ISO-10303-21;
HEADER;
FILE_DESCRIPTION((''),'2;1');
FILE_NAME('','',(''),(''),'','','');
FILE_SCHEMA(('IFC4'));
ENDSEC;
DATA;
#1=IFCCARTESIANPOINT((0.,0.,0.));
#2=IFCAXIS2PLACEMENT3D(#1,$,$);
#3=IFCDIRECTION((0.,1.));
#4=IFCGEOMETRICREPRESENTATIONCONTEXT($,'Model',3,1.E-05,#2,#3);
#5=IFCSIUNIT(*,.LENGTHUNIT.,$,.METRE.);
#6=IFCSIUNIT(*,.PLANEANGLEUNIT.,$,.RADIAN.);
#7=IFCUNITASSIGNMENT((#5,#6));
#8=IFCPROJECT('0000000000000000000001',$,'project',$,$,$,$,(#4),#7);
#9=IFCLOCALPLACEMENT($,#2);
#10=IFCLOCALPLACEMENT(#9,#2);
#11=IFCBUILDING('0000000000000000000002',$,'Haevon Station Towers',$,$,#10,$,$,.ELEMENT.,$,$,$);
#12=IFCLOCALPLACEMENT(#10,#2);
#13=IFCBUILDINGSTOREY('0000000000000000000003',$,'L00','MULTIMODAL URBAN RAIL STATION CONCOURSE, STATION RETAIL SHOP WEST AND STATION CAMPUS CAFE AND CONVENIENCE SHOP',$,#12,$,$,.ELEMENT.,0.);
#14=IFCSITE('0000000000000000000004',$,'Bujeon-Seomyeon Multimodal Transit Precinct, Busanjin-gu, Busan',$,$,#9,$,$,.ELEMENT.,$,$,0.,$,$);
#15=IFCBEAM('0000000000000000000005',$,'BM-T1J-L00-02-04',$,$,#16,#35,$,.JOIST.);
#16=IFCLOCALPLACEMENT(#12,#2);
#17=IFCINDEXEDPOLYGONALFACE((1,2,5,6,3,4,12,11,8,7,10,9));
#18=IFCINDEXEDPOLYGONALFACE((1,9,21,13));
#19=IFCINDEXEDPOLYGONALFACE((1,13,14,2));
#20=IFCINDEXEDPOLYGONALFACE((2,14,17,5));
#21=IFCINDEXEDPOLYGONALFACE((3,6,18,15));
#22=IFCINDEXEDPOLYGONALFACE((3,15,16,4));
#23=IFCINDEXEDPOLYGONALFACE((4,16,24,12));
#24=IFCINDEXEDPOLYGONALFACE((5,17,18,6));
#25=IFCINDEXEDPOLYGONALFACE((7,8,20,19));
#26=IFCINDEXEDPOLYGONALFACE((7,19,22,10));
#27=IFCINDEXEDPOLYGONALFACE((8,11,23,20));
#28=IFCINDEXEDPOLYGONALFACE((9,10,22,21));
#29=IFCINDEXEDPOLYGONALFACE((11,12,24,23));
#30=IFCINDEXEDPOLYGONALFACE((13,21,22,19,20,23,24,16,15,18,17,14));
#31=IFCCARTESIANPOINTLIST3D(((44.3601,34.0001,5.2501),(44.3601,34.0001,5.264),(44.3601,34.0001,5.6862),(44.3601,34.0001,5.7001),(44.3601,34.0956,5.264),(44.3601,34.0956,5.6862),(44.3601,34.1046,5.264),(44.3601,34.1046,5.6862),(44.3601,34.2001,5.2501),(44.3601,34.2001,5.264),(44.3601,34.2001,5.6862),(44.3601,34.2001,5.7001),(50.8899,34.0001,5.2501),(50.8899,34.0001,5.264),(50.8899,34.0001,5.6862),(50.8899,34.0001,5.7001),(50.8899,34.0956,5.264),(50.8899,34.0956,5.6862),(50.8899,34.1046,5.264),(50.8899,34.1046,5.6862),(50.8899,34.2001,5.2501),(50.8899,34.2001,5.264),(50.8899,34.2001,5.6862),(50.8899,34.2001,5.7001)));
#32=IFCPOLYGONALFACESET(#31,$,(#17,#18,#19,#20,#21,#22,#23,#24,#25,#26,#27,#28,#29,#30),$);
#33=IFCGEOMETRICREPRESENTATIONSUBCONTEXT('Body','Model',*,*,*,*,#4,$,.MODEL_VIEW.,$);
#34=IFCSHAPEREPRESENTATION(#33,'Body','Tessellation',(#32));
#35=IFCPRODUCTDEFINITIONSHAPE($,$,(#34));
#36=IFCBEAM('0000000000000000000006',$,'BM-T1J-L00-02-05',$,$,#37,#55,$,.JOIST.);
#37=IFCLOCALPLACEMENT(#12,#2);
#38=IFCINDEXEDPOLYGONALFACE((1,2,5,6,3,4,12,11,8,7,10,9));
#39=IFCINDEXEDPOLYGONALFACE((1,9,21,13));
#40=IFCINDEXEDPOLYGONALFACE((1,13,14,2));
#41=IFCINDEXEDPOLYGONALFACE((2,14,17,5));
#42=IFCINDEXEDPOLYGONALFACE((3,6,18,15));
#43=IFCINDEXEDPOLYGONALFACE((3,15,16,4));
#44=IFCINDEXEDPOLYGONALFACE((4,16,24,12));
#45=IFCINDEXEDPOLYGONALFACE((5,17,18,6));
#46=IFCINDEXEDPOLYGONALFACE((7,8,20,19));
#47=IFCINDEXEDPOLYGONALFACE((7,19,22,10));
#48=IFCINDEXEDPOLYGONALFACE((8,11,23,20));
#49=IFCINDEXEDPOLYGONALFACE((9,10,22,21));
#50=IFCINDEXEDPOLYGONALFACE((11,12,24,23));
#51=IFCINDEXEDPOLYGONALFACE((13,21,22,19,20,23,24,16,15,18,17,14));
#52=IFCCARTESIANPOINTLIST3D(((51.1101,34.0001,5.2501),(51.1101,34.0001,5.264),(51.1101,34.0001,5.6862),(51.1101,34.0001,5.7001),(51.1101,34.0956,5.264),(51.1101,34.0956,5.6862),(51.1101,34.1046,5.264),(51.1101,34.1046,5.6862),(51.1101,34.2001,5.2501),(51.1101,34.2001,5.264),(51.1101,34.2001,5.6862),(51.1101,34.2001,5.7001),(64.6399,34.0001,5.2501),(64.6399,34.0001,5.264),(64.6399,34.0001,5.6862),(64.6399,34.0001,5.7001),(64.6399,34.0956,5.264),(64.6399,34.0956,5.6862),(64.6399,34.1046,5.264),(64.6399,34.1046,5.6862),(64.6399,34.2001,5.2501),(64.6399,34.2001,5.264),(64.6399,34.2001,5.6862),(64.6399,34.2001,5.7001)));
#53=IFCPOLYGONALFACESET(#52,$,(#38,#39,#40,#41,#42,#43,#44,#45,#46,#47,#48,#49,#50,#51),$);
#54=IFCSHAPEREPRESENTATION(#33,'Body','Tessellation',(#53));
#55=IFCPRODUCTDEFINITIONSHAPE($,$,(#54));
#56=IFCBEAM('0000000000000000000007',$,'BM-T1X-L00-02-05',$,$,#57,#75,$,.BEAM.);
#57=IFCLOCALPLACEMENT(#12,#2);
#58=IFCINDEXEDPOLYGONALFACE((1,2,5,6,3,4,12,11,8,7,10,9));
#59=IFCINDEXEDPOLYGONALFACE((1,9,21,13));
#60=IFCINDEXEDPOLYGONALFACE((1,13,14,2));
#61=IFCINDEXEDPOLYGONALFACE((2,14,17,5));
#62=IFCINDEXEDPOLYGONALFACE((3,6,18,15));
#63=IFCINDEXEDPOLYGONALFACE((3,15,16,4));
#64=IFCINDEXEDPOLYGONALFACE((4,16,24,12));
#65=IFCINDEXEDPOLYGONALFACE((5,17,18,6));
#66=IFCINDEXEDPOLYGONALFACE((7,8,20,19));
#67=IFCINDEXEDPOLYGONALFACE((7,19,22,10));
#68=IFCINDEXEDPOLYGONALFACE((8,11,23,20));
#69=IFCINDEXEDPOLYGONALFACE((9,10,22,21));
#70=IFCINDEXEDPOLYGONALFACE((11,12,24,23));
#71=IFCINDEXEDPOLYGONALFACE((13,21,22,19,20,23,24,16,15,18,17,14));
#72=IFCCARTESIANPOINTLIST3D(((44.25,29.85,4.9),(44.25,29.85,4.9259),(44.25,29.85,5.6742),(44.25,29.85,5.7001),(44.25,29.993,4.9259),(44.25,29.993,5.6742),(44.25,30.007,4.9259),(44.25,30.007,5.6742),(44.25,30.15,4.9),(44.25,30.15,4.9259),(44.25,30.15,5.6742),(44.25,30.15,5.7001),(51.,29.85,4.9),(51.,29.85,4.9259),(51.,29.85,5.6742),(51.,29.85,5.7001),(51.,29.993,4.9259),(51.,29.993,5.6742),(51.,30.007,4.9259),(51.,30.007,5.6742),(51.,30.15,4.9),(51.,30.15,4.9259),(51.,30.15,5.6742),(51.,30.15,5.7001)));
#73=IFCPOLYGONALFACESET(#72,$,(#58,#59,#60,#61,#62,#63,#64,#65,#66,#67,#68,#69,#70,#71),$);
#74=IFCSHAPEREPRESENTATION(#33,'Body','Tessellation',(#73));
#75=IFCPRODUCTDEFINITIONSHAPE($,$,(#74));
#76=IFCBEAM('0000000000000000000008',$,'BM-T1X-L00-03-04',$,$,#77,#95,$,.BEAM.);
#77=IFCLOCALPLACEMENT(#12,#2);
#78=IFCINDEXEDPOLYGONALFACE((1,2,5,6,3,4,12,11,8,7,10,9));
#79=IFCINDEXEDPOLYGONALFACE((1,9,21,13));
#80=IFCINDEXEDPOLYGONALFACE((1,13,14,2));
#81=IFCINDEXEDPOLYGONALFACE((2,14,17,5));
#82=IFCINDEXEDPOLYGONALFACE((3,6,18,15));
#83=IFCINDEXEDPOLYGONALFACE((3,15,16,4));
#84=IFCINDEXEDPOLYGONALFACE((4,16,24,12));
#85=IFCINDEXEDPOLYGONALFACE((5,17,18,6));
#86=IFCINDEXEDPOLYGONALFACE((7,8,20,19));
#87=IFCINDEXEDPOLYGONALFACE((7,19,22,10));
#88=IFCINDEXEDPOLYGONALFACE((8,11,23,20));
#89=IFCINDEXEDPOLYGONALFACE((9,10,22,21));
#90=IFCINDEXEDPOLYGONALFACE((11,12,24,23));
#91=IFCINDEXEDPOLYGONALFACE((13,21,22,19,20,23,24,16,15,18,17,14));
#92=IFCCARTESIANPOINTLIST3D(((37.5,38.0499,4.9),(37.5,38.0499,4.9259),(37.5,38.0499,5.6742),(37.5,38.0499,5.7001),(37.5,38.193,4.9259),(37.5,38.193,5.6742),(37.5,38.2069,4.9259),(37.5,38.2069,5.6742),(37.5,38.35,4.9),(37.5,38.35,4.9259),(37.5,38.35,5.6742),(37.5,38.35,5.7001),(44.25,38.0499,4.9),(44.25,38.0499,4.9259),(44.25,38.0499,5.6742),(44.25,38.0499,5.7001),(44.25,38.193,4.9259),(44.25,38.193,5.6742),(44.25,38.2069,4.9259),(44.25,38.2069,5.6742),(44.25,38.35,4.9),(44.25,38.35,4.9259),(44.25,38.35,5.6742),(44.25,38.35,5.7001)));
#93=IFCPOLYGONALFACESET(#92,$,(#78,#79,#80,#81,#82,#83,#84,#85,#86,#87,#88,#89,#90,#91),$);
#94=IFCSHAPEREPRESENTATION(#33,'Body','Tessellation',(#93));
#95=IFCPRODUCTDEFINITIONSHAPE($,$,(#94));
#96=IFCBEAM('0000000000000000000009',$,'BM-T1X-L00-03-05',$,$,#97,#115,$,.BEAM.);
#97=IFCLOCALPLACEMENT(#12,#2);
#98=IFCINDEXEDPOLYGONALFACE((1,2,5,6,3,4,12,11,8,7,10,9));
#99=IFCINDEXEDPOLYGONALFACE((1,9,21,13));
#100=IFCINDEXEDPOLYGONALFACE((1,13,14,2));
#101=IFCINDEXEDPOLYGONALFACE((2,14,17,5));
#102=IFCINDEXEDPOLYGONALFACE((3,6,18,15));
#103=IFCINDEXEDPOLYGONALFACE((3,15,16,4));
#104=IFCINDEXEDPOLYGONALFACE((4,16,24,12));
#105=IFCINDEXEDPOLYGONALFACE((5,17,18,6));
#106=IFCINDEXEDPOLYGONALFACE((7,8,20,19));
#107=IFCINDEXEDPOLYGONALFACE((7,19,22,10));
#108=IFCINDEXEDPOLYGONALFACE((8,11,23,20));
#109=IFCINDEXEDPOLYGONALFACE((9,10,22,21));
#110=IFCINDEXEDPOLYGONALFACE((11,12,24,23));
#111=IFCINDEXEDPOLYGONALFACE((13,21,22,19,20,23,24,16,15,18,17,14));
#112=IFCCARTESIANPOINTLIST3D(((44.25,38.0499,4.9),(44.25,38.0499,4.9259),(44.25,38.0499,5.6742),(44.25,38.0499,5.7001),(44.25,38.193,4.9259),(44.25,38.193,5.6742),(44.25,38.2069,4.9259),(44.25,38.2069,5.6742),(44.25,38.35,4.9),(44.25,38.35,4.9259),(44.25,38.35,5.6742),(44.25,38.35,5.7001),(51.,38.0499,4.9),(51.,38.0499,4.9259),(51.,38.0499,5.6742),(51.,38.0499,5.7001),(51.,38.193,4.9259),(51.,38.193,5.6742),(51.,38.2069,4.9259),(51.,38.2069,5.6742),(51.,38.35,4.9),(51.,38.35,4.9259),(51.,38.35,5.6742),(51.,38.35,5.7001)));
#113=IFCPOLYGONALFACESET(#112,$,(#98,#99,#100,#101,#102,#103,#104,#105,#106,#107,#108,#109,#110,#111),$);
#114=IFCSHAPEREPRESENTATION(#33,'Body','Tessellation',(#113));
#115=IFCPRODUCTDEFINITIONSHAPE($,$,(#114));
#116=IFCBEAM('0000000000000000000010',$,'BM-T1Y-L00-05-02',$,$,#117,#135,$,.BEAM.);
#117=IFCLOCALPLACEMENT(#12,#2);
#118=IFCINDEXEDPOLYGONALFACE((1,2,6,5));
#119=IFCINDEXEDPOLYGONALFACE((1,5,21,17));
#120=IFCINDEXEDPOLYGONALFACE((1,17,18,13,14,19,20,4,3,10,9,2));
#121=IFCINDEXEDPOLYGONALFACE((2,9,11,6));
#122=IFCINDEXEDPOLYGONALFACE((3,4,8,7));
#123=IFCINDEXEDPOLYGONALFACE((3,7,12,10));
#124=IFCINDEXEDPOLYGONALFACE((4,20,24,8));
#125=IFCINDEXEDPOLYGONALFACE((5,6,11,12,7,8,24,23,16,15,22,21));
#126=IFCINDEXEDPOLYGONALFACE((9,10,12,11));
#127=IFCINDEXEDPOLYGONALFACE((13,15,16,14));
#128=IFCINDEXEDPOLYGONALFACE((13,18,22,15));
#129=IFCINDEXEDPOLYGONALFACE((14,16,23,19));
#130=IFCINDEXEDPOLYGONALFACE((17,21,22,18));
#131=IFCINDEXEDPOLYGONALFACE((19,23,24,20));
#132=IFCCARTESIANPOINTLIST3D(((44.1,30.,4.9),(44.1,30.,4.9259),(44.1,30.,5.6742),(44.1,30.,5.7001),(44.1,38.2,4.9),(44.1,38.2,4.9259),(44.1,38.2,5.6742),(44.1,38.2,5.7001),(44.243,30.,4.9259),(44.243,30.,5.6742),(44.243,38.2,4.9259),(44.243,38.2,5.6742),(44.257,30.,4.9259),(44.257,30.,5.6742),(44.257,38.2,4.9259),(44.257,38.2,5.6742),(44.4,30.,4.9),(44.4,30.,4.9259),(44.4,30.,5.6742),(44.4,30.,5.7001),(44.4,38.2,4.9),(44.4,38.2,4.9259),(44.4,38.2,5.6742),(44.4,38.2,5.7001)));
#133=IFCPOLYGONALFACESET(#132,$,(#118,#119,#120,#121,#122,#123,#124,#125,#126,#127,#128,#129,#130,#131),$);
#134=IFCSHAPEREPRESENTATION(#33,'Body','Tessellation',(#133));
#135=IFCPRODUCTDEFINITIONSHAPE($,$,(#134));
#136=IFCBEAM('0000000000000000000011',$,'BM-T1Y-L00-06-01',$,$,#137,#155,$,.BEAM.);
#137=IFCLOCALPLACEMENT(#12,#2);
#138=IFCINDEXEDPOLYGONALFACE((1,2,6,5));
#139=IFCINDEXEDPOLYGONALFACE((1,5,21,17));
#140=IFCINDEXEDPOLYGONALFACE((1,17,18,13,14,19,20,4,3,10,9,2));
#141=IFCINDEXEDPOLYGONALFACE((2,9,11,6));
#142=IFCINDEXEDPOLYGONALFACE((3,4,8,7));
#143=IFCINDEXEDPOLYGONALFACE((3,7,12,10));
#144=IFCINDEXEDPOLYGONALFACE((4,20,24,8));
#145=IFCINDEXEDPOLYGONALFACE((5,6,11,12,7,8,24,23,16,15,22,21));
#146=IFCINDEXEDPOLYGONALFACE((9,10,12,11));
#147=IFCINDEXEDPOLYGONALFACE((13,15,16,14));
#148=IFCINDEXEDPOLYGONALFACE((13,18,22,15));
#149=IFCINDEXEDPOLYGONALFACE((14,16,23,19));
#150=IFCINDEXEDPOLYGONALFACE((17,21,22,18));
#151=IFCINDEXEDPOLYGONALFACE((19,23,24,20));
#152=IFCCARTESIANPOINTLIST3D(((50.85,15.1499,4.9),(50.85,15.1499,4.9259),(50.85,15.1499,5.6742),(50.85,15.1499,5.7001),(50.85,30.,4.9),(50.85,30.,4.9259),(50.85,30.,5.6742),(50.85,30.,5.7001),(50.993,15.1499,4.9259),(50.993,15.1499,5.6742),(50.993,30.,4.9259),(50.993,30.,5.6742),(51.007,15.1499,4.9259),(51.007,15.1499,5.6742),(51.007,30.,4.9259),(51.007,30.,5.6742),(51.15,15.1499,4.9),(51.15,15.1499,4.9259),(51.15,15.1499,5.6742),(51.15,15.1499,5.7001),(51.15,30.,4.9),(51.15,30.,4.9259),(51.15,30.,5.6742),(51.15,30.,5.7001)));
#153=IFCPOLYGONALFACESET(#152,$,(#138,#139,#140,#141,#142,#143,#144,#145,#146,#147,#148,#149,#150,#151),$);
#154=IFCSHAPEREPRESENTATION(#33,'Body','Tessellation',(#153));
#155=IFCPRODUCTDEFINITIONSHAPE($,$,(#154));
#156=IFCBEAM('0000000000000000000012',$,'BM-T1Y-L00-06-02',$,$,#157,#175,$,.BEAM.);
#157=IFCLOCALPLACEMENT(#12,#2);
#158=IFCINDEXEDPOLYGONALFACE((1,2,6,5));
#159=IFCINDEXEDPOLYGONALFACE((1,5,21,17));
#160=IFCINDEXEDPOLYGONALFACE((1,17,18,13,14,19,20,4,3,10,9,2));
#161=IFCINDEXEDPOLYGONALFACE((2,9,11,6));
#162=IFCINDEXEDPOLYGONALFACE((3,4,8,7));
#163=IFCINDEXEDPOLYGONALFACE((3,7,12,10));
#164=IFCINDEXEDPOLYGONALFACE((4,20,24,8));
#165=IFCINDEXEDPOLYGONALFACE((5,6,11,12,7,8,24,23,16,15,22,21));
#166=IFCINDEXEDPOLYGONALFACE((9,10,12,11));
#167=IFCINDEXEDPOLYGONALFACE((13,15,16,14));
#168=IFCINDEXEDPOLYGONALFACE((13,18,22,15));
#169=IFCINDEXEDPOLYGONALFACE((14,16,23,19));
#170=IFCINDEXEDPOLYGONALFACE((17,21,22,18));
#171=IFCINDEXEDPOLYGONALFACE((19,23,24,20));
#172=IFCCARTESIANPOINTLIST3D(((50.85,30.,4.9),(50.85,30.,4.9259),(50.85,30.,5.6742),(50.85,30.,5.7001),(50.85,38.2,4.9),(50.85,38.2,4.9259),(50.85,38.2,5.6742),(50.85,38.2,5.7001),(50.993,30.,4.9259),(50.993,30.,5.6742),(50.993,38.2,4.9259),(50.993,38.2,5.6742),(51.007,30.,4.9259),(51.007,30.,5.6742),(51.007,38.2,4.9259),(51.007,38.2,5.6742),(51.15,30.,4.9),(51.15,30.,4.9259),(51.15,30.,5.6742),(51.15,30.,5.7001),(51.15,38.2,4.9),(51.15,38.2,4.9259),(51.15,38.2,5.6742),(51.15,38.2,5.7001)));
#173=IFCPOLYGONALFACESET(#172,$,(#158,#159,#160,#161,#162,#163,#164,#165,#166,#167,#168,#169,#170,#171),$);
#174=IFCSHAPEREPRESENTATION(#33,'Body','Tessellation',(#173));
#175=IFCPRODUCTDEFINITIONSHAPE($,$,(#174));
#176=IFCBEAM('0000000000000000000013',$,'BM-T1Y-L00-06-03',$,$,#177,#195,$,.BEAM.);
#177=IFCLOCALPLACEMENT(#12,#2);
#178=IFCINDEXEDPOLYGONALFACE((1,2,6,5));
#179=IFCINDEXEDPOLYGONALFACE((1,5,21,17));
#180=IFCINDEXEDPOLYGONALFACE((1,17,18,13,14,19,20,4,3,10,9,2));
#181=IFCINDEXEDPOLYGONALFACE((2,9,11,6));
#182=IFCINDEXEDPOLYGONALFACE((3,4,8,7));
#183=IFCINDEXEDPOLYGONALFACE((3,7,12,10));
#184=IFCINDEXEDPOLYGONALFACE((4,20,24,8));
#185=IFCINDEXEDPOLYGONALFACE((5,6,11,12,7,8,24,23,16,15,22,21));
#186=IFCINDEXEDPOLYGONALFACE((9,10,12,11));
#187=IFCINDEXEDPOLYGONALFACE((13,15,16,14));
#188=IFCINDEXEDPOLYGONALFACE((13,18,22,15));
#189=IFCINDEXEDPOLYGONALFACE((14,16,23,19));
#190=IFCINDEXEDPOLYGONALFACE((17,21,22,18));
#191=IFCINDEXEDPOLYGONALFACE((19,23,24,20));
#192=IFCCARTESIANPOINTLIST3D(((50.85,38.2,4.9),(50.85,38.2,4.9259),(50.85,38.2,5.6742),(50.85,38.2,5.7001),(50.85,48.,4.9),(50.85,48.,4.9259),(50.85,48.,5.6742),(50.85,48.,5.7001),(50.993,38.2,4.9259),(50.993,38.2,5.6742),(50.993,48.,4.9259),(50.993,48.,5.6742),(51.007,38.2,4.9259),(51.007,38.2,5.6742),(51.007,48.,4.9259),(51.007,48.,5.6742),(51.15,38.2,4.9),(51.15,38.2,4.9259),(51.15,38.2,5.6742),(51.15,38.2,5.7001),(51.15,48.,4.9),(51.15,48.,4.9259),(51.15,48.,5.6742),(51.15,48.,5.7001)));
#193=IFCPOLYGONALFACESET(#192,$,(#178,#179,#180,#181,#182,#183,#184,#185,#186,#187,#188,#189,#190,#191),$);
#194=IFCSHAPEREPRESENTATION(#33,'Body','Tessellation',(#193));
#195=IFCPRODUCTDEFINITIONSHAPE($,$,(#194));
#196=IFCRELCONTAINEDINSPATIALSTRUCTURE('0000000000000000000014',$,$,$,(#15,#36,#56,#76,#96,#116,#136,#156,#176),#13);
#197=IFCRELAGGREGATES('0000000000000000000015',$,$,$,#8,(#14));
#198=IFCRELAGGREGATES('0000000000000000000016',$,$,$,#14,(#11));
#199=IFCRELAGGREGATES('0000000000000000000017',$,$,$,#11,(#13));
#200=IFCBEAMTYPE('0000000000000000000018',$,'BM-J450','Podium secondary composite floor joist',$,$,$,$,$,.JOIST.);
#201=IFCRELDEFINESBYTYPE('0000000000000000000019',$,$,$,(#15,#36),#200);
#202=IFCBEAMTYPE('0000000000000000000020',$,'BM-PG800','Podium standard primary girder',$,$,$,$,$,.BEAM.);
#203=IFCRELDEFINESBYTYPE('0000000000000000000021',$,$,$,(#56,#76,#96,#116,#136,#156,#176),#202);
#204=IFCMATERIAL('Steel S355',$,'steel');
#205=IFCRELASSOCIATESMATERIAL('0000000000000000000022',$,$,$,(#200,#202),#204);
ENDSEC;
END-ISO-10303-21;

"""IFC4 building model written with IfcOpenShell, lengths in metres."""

from ifc_helpers import new_model, si_unit, direction, frame, origin, origin_2d, place, context, subcontext, project, spatial, i_section, extrude, material, material_profile, profile_set, type_object, element, save


model = new_model("IFC4")

# Units and contexts
model_context = context("Model", 3, precision=1e-05, world=origin(), true_north=direction((0.0, 1.0)))
body_context = subcontext(model_context, "Body", "Model", "MODEL_VIEW")
ifc_project = project(units=[si_unit("LENGTHUNIT", "METRE"), si_unit("PLANEANGLEUNIT", "RADIAN")], contexts=[model_context])

# Site, building, storey
site_placement = place(None, origin())
site = spatial("IfcSite", under=ifc_project, at=site_placement, Name="Bujeon-Seomyeon Multimodal Transit Precinct, Busanjin-gu, Busan", CompositionType="ELEMENT", RefElevation=0.0)
building_placement = place(site_placement, origin())
building = spatial("IfcBuilding", under=site, at=building_placement, Name="Haevon Station Towers", CompositionType="ELEMENT")
storey_placement = place(building_placement, origin())
storey = spatial("IfcBuildingStorey", under=building, at=storey_placement, Name="L00", Description="MULTIMODAL URBAN RAIL STATION CONCOURSE, STATION RETAIL SHOP WEST AND STATION CAMPUS CAFE AND CONVENIENCE SHOP", CompositionType="ELEMENT", Elevation=0.0)

# Beams
ifc_material_1 = material(Name="Steel S355", Category="steel")
ifc_material_profile_1 = material_profile(ifc_material_1, i_section(OverallWidth=0.2, OverallDepth=0.45, WebThickness=0.009, FlangeThickness=0.0139, at=origin_2d()), Name="H-450x200x9x14")
ifc_profile_set_1 = profile_set([ifc_material_profile_1], Name="Steel S355")
beam_type_1 = type_object("IfcBeamType", Name="BM-J450", Description="Podium secondary composite floor joist", PredefinedType="JOIST", material=ifc_profile_set_1)
beam_1_placement = place(storey_placement, frame((44.3601, 34.1001, 5.4751), z_axis=(1.0, 0.0, 0.0), x_axis=(0.0, 1.0, 0.0)))
element("IfcBeam", 1, at=beam_1_placement, inside=storey, type_object=beam_type_1, Name="BM-T1J-L00-02-04", PredefinedType="JOIST", context=body_context, shape_type="SweptSolid", body=[
    extrude(i_section(OverallWidth=0.2, OverallDepth=0.45, WebThickness=0.009, FlangeThickness=0.0139, at=origin_2d()), origin(), (0.0, 0.0, 1.0), 6.5298),
])
beam_2_placement = place(storey_placement, frame((51.1101, 34.1001, 5.4751), z_axis=(1.0, 0.0, 0.0), x_axis=(0.0, 1.0, 0.0)))
element("IfcBeam", 2, at=beam_2_placement, inside=storey, type_object=beam_type_1, Name="BM-T1J-L00-02-05", PredefinedType="JOIST", context=body_context, shape_type="SweptSolid", body=[
    extrude(i_section(OverallWidth=0.2, OverallDepth=0.45, WebThickness=0.009, FlangeThickness=0.0139, at=origin_2d()), origin(), (0.0, 0.0, 1.0), 13.5298),
])
ifc_material_profile_2 = material_profile(ifc_material_1, i_section(OverallWidth=0.3, OverallDepth=0.8, WebThickness=0.0139, FlangeThickness=0.0259, at=origin_2d()), Name="H-800x300x14x26")
ifc_profile_set_2 = profile_set([ifc_material_profile_2], Name="Steel S355")
beam_type_2 = type_object("IfcBeamType", Name="BM-PG800", Description="Podium standard primary girder", PredefinedType="BEAM", material=ifc_profile_set_2)
for number, where, z_axis, x_axis, name in (
    (3, (44.25, 30.0, 5.3), (1.0, 0.0, 0.0), (0.0, 1.0, 0.0), "BM-T1X-L00-02-05"),
    (4, (37.5, 38.2, 5.3), (1.0, 0.0, 0.0), (0.0, 1.0, 0.0), "BM-T1X-L00-03-04"),
    (5, (44.25, 38.2, 5.3), (1.0, 0.0, 0.0), (0.0, 1.0, 0.0), "BM-T1X-L00-03-05"),
):
    element("IfcBeam", number, at=place(storey_placement, frame(where, z_axis=z_axis, x_axis=x_axis)), inside=storey, type_object=beam_type_2, Name=name, PredefinedType="BEAM", context=body_context, shape_type="SweptSolid", body=[
        extrude(i_section(OverallWidth=0.3, OverallDepth=0.8, WebThickness=0.0139, FlangeThickness=0.0259, at=origin_2d()), origin(), (0.0, 0.0, 1.0), 6.75),
    ])
beam_3_placement = place(storey_placement, frame((44.25, 30.0, 5.3), z_axis=(0.0, 1.0, 0.0), x_axis=(-1.0, 0.0, 0.0)))
element("IfcBeam", 6, at=beam_3_placement, inside=storey, type_object=beam_type_2, Name="BM-T1Y-L00-05-02", PredefinedType="BEAM", context=body_context, shape_type="SweptSolid", body=[
    extrude(i_section(OverallWidth=0.3, OverallDepth=0.8, WebThickness=0.0139, FlangeThickness=0.0259, at=origin_2d()), origin(), (0.0, 0.0, 1.0), 8.2),
])
beam_4_placement = place(storey_placement, frame((51.0, 15.1499, 5.3), z_axis=(0.0, 1.0, 0.0), x_axis=(-1.0, 0.0, 0.0)))
element("IfcBeam", 7, at=beam_4_placement, inside=storey, type_object=beam_type_2, Name="BM-T1Y-L00-06-01", PredefinedType="BEAM", context=body_context, shape_type="SweptSolid", body=[
    extrude(i_section(OverallWidth=0.3, OverallDepth=0.8, WebThickness=0.0139, FlangeThickness=0.0259, at=origin_2d()), origin(), (0.0, 0.0, 1.0), 14.8501),
])
beam_5_placement = place(storey_placement, frame((51.0, 30.0, 5.3), z_axis=(0.0, 1.0, 0.0), x_axis=(-1.0, 0.0, 0.0)))
element("IfcBeam", 8, at=beam_5_placement, inside=storey, type_object=beam_type_2, Name="BM-T1Y-L00-06-02", PredefinedType="BEAM", context=body_context, shape_type="SweptSolid", body=[
    extrude(i_section(OverallWidth=0.3, OverallDepth=0.8, WebThickness=0.0139, FlangeThickness=0.0259, at=origin_2d()), origin(), (0.0, 0.0, 1.0), 8.2),
])
beam_6_placement = place(storey_placement, frame((51.0, 38.2, 5.3), z_axis=(0.0, 1.0, 0.0), x_axis=(-1.0, 0.0, 0.0)))
element("IfcBeam", 9, at=beam_6_placement, inside=storey, type_object=beam_type_2, Name="BM-T1Y-L00-06-03", PredefinedType="BEAM", context=body_context, shape_type="SweptSolid", body=[
    extrude(i_section(OverallWidth=0.3, OverallDepth=0.8, WebThickness=0.0139, FlangeThickness=0.0259, at=origin_2d()), origin(), (0.0, 0.0, 1.0), 9.8),
])

save(model, "model.ifc")
